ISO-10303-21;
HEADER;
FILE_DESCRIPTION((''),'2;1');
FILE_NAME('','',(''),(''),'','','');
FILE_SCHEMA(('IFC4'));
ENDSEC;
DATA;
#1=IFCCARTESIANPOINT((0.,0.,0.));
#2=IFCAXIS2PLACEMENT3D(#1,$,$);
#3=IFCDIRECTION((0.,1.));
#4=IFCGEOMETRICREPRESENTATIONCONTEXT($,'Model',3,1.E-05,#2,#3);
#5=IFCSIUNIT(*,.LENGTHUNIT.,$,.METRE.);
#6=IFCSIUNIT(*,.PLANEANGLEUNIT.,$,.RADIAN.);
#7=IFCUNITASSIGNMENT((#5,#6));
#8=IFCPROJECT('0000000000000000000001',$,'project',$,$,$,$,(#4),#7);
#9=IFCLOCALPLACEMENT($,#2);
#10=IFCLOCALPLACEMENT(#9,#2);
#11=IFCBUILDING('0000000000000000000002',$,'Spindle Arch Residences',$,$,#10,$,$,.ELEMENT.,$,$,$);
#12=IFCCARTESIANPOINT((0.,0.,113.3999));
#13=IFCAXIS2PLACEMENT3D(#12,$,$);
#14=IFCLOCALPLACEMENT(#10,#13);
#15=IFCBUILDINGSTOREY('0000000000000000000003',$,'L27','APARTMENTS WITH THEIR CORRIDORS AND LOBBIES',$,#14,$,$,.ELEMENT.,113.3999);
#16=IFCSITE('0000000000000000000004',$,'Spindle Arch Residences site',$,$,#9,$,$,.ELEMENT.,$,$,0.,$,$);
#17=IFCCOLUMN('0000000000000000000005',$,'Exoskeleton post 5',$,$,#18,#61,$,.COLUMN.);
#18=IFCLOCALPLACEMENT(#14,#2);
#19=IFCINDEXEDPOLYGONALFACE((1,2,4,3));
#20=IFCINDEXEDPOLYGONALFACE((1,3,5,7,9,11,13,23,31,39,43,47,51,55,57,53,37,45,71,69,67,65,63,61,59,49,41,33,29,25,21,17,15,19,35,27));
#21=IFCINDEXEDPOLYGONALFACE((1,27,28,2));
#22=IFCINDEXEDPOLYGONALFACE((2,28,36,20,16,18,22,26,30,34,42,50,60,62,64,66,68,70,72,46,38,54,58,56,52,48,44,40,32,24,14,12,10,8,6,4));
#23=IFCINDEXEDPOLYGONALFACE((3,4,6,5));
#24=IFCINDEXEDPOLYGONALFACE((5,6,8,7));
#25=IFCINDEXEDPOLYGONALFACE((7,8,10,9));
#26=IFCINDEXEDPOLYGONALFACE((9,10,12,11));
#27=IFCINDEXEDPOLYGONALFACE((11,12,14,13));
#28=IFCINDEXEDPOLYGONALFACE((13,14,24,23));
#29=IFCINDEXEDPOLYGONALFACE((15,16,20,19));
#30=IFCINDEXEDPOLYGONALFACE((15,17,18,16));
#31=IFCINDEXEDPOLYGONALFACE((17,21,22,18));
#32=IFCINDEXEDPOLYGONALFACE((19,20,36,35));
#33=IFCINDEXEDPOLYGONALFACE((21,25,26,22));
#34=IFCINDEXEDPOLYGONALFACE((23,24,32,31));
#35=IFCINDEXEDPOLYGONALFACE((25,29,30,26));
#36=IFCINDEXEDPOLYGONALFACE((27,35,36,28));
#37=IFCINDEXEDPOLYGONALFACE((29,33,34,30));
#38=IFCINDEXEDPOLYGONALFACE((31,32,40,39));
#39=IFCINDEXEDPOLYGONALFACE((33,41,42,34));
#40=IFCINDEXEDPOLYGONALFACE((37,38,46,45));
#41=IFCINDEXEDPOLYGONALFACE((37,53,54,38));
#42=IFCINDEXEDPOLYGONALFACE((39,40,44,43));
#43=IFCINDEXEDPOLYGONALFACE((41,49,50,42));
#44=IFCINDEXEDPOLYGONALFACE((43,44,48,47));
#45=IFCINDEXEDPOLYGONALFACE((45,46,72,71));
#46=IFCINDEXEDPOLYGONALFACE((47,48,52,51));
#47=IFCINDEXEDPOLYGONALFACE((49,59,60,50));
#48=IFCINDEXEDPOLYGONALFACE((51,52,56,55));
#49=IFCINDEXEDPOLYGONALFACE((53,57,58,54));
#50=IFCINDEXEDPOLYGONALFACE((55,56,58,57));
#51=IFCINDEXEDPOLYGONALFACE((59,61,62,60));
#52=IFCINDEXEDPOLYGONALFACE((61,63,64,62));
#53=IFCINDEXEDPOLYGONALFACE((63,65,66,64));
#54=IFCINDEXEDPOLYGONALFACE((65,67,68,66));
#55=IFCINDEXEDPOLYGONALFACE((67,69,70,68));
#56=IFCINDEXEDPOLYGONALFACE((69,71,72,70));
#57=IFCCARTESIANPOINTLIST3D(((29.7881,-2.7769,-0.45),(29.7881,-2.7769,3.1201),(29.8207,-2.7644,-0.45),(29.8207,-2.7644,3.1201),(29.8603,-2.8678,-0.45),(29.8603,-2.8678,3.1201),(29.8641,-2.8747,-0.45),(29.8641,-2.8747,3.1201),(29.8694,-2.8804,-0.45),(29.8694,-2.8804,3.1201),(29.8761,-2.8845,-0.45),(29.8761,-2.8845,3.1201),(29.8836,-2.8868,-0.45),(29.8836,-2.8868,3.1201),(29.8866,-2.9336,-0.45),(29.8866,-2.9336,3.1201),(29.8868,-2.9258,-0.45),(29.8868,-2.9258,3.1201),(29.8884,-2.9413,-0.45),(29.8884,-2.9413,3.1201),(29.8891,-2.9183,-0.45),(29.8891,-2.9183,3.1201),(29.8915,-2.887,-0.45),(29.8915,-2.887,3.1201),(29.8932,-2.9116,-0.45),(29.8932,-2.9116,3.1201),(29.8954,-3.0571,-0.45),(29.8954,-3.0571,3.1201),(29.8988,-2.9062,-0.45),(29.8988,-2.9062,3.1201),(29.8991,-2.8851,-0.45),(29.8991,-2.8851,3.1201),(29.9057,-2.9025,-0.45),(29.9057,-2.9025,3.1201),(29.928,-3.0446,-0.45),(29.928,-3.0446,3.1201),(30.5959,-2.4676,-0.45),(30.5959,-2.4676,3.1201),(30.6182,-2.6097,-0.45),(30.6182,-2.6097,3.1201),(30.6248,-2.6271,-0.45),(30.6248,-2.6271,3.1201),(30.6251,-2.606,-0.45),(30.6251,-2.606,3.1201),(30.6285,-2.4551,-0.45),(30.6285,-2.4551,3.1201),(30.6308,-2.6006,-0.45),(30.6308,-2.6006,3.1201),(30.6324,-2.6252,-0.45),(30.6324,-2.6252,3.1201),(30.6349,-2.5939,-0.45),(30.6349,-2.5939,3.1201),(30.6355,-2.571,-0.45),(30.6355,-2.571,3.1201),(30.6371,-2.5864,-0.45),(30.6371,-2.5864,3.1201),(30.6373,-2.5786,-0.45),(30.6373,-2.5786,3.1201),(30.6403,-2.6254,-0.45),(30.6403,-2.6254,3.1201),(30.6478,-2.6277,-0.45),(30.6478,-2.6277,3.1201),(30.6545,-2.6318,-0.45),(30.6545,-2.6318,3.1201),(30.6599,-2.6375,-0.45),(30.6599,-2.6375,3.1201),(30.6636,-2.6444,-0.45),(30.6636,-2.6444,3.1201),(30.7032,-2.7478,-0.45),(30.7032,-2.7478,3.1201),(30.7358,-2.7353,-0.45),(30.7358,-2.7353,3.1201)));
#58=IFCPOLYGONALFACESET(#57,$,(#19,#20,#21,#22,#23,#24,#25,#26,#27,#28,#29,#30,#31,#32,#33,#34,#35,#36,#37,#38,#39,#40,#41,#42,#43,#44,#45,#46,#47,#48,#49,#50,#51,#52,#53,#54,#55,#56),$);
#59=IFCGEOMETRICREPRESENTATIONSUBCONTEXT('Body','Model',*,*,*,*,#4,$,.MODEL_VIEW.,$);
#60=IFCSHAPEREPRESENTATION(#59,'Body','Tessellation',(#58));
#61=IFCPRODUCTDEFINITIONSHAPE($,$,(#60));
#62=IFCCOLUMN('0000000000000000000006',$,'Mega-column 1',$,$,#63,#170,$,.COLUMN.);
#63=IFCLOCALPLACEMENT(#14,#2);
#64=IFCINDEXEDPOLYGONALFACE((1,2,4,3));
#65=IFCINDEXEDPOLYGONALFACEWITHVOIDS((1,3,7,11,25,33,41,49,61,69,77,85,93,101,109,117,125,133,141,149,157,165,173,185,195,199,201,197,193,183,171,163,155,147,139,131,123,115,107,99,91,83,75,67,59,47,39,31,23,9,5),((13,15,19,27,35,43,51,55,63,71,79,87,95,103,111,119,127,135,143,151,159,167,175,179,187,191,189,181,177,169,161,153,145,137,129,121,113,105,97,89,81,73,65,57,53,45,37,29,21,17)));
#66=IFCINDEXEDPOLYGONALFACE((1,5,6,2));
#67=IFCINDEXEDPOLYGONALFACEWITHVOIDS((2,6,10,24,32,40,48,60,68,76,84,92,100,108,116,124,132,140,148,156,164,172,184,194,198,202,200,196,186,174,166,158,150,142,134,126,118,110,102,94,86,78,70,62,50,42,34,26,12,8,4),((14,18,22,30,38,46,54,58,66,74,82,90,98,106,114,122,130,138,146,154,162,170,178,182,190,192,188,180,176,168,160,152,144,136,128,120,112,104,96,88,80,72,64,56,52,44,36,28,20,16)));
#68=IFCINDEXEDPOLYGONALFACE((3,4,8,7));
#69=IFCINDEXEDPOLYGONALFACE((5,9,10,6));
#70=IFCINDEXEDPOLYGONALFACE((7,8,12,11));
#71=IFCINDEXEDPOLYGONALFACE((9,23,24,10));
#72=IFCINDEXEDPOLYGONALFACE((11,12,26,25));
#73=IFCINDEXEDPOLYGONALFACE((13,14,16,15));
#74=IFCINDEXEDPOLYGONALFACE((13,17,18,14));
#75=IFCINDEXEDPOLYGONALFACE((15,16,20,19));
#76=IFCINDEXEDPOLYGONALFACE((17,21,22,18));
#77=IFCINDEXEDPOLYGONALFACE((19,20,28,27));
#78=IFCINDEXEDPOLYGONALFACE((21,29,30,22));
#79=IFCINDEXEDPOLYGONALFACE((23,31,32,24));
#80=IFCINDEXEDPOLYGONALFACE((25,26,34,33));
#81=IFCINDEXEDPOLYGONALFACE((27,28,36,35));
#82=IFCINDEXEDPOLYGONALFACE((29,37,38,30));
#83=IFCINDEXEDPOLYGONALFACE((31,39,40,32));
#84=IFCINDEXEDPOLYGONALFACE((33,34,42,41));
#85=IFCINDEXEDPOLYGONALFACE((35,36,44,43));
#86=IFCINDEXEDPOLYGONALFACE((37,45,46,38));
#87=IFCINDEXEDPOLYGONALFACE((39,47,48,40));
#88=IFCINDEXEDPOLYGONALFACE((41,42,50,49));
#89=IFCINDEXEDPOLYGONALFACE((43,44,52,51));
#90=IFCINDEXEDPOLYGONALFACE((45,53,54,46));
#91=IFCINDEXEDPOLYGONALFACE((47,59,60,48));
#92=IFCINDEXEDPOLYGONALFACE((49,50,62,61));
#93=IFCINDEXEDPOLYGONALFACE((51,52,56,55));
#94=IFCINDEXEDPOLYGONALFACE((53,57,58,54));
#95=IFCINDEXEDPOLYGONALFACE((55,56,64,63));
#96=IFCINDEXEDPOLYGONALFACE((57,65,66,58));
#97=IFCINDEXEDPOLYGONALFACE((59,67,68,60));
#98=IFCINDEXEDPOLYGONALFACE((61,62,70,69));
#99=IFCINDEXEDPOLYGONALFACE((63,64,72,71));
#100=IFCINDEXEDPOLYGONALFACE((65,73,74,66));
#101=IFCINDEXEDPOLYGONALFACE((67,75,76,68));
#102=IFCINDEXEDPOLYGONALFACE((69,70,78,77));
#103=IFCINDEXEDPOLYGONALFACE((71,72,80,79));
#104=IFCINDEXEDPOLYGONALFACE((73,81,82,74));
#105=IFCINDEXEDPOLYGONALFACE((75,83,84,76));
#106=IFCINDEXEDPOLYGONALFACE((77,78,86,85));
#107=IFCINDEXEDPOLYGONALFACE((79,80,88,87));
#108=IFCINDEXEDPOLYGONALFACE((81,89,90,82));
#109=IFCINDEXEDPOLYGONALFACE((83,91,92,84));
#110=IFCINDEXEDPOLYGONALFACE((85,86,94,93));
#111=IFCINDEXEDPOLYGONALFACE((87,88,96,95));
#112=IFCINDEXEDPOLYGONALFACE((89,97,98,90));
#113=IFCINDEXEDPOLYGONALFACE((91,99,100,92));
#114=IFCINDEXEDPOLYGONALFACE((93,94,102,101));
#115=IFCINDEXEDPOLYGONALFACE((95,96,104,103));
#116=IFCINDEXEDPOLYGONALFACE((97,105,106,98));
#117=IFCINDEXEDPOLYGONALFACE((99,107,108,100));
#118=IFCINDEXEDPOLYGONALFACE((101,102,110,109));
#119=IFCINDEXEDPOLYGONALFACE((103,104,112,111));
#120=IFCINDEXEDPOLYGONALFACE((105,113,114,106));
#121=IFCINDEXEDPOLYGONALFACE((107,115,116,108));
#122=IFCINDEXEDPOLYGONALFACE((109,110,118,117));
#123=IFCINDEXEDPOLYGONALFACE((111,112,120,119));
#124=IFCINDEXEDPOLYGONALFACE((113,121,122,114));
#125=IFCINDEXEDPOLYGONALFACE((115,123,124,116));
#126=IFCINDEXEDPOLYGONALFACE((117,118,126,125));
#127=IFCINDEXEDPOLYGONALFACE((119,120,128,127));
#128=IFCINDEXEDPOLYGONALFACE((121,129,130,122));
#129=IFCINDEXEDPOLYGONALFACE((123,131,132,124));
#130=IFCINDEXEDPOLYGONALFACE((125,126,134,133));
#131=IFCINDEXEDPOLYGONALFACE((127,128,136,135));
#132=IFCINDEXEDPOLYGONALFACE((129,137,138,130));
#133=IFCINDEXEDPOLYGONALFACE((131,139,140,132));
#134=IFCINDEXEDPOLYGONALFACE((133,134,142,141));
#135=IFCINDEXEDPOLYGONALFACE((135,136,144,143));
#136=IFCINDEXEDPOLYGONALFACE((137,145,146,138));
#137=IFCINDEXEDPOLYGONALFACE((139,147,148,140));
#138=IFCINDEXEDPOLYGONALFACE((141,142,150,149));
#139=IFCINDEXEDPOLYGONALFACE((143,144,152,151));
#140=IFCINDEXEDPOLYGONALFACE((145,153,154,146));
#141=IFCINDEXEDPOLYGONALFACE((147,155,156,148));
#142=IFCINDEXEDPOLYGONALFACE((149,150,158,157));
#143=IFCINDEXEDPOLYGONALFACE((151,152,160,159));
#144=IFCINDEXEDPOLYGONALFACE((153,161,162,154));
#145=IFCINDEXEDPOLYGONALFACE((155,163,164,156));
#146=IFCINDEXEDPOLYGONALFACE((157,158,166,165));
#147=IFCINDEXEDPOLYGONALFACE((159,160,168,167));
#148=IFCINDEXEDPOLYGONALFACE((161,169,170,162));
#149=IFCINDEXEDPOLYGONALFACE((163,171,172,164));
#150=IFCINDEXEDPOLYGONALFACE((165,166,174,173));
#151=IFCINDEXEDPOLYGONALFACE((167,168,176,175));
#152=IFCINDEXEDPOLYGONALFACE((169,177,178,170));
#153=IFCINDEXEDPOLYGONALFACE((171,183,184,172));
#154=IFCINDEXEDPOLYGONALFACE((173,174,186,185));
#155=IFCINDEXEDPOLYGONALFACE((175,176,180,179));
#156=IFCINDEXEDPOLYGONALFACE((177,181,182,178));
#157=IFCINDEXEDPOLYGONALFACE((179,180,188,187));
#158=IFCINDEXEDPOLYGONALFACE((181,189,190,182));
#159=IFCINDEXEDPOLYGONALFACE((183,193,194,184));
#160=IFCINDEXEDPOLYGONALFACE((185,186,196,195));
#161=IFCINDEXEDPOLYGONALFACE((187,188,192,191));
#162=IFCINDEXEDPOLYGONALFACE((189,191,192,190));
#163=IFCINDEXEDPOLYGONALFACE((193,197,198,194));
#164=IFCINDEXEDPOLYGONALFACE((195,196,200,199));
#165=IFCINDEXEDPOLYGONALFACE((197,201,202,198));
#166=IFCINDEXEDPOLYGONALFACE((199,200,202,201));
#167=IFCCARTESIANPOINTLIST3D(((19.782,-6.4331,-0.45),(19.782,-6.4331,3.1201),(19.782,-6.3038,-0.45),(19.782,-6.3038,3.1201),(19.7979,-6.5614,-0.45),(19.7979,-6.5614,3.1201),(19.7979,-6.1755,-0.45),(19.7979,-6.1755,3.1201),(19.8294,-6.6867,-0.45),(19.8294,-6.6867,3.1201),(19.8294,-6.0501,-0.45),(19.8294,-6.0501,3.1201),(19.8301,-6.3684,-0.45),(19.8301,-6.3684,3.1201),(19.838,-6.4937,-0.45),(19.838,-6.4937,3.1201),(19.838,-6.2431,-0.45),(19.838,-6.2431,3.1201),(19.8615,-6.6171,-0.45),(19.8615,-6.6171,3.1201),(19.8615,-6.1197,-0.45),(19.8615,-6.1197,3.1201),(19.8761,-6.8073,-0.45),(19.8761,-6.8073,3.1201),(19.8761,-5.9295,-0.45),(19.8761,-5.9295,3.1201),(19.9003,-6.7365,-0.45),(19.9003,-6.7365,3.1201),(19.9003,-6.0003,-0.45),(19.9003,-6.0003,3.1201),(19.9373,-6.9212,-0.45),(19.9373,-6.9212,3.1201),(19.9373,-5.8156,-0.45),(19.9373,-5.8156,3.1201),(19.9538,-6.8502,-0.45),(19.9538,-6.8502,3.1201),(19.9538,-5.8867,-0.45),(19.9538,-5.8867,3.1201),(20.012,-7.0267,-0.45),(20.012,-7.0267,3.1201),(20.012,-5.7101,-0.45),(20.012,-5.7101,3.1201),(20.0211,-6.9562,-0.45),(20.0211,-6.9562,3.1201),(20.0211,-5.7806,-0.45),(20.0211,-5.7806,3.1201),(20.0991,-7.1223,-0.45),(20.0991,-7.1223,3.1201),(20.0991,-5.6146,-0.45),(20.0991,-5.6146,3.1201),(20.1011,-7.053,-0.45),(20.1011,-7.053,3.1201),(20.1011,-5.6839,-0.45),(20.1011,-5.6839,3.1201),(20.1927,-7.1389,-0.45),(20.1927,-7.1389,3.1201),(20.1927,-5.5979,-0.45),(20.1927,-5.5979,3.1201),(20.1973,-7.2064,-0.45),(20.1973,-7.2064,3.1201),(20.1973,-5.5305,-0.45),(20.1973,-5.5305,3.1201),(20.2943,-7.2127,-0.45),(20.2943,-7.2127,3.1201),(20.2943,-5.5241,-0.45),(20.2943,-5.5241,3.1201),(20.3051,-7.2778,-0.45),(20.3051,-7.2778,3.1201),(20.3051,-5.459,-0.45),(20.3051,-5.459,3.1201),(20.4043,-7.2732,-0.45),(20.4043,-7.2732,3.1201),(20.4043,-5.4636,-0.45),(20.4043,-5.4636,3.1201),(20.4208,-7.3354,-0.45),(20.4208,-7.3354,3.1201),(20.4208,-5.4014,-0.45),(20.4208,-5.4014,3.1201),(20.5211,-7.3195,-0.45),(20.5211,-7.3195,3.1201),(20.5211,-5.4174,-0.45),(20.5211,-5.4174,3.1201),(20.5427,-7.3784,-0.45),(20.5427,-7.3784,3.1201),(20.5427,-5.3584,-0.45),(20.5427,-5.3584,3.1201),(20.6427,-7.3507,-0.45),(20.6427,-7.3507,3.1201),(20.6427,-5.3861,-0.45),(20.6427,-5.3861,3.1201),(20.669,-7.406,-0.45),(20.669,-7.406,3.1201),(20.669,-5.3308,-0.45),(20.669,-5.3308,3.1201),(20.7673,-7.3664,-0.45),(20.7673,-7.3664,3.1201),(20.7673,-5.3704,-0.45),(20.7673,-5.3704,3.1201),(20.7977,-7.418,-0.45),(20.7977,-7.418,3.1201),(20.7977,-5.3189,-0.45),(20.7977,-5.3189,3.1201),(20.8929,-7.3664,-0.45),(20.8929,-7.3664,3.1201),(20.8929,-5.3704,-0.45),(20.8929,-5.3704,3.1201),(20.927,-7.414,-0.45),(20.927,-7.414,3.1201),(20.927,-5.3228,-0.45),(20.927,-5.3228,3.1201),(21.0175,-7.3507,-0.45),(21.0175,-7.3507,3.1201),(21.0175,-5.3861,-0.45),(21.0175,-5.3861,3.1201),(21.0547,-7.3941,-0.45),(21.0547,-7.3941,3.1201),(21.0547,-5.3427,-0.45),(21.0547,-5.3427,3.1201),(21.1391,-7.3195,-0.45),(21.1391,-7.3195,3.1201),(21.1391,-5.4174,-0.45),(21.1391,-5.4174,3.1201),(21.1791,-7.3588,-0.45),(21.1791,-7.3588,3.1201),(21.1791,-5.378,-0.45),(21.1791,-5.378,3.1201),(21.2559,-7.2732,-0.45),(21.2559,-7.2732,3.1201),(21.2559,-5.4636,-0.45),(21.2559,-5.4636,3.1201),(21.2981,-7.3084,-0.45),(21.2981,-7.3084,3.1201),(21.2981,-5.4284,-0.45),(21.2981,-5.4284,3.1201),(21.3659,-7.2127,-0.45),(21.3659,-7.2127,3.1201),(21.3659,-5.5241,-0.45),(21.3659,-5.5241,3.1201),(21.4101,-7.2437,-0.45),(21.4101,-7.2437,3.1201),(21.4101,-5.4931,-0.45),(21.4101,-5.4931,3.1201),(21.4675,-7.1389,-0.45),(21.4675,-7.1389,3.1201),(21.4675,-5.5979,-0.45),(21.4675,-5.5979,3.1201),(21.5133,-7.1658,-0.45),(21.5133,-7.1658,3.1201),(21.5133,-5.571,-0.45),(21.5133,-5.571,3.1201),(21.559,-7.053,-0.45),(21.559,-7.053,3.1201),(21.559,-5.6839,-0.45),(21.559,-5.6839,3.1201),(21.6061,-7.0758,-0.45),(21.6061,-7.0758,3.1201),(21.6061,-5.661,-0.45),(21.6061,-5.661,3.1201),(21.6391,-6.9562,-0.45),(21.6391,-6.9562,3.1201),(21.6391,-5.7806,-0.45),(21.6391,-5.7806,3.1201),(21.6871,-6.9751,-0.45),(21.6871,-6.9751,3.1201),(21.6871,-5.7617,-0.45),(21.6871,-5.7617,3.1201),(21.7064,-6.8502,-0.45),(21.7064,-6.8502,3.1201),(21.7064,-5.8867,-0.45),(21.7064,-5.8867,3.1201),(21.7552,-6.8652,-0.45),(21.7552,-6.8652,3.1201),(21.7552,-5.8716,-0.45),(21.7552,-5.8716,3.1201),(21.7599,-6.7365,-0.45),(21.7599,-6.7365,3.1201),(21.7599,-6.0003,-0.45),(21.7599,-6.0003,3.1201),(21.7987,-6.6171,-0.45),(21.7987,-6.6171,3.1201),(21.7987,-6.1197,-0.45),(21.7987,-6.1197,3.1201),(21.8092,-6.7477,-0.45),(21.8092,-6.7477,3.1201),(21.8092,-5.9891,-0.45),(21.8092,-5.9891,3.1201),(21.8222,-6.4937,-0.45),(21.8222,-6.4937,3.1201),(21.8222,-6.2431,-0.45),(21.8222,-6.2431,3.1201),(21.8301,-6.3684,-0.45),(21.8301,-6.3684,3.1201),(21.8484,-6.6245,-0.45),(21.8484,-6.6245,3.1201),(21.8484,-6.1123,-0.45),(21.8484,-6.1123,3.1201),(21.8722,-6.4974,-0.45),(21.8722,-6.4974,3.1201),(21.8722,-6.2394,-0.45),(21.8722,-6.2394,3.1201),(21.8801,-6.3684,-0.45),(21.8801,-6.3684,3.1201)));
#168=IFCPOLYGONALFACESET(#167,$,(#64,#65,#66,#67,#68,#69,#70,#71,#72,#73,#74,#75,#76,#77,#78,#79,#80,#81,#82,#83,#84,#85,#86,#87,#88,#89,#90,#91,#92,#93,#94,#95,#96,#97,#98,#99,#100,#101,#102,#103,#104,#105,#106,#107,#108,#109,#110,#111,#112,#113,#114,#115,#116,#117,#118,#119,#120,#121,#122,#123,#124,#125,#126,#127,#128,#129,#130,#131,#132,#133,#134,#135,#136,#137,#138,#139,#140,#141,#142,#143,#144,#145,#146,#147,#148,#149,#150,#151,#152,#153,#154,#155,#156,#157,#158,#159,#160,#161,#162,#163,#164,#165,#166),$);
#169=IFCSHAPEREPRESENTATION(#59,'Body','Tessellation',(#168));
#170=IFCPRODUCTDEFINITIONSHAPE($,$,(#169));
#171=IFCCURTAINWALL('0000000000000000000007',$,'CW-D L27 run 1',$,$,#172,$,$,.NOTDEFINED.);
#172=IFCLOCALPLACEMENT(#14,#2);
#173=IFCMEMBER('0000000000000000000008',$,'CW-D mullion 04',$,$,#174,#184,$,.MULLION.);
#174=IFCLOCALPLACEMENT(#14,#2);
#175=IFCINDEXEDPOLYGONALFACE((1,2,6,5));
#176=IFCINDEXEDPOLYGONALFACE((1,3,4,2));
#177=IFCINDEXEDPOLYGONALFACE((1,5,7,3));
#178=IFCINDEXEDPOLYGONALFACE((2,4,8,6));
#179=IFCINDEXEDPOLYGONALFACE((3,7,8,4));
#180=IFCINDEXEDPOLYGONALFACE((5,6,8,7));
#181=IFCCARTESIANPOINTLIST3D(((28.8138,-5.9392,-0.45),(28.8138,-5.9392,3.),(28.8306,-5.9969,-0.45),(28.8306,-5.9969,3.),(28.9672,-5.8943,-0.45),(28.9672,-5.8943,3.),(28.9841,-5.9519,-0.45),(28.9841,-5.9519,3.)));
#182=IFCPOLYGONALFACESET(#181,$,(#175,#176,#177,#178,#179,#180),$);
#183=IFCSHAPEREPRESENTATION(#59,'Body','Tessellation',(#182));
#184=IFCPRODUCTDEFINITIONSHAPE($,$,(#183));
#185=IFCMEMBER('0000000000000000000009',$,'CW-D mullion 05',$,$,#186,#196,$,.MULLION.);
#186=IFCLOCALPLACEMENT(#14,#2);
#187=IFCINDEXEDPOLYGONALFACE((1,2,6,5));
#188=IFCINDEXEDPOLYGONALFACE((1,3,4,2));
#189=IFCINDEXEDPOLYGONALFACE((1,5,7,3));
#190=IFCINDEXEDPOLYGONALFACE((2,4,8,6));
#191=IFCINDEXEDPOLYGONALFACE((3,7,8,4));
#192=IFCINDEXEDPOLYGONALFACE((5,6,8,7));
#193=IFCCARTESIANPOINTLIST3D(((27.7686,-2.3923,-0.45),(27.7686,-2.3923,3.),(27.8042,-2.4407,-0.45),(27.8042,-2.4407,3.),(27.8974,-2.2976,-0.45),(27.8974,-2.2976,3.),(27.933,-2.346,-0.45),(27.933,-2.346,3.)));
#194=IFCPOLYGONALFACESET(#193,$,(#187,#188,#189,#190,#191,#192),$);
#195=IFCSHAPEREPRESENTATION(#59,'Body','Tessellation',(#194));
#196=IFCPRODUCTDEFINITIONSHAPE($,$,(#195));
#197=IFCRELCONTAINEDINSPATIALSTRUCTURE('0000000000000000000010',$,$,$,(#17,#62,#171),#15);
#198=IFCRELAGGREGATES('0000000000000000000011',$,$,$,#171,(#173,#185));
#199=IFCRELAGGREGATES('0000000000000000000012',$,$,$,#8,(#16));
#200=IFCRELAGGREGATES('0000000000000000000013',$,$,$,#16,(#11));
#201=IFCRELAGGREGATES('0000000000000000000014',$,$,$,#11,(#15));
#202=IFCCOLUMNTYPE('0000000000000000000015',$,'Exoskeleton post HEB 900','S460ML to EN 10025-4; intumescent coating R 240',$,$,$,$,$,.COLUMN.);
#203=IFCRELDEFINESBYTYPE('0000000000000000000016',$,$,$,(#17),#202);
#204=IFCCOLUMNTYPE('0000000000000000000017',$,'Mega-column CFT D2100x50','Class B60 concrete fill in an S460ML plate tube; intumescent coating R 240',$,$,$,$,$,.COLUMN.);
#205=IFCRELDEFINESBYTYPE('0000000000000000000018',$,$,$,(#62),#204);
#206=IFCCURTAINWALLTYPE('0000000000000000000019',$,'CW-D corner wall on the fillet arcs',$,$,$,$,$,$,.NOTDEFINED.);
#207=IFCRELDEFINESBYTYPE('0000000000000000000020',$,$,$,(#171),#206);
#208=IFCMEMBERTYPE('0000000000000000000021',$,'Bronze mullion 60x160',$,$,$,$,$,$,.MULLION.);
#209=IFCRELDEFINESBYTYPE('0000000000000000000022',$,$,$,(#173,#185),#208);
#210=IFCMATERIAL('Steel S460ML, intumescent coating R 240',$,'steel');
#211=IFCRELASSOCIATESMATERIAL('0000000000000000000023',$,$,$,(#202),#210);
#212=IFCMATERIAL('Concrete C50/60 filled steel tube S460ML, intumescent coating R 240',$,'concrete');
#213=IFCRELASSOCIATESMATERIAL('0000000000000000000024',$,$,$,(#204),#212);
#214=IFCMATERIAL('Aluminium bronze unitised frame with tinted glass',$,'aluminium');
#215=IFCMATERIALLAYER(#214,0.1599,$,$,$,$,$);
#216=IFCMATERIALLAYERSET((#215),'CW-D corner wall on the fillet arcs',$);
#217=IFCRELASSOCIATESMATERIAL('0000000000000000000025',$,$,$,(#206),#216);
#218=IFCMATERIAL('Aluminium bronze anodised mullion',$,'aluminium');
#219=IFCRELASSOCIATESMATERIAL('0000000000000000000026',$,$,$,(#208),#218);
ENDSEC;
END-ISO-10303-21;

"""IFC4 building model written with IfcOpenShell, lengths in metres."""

from ifc_helpers import new_model, si_unit, direction, frame, origin, origin_2d, place, context, subcontext, project, spatial, rectangle, hollow_circle, i_section, extrude, material, layer, layer_set, material_profile, profile_set, type_object, element, aggregate, save


model = new_model("IFC4")

# Units and contexts
model_context = context("Model", 3, precision=1e-05, world=origin(), true_north=direction((0.0, 1.0)))
body_context = subcontext(model_context, "Body", "Model", "MODEL_VIEW")
ifc_project = project(units=[si_unit("LENGTHUNIT", "METRE"), si_unit("PLANEANGLEUNIT", "RADIAN")], contexts=[model_context])

# Site, building, storey
site_placement = place(None, origin())
site = spatial("IfcSite", under=ifc_project, at=site_placement, Name="Spindle Arch Residences site", CompositionType="ELEMENT", RefElevation=0.0)
building_placement = place(site_placement, origin())
building = spatial("IfcBuilding", under=site, at=building_placement, Name="Spindle Arch Residences", CompositionType="ELEMENT")
storey_placement = place(building_placement, frame((0.0, 0.0, 113.3999)))
storey = spatial("IfcBuildingStorey", under=building, at=storey_placement, Name="L27", Description="APARTMENTS WITH THEIR CORRIDORS AND LOBBIES", CompositionType="ELEMENT", Elevation=113.3999)

# Columns
ifc_material_1 = material(Name="Steel S460ML, intumescent coating R 240", Category="steel")
ifc_material_profile_1 = material_profile(ifc_material_1, i_section(OverallWidth=0.3, OverallDepth=0.8999, WebThickness=0.0186, FlangeThickness=0.0349, FilletRadius=0.03, at=origin_2d()), Name="HEB 900")
ifc_profile_set_1 = profile_set([ifc_material_profile_1], Name="Steel S460ML, intumescent coating R 240")
column_type_1 = type_object("IfcColumnType", Name="Exoskeleton post HEB 900", Description="S460ML to EN 10025-4; intumescent coating R 240", PredefinedType="COLUMN", material=ifc_profile_set_1)
column_1_placement = place(storey_placement, frame((30.262, -2.7561, -0.45), z_axis=(0.0, 0.0, 1.0), x_axis=(0.357665, -0.93385, 0.0)))
element("IfcColumn", 1, at=column_1_placement, inside=storey, type_object=column_type_1, Name="Exoskeleton post 5", PredefinedType="COLUMN", context=body_context, shape_type="SweptSolid", body=[
    extrude(i_section(OverallWidth=0.3, OverallDepth=0.8999, WebThickness=0.0186, FlangeThickness=0.0349, FilletRadius=0.03, at=origin_2d()), origin(), (0.0, 0.0, 1.0), 3.5701),
])
ifc_material_2 = material(Name="Concrete C50/60 filled steel tube S460ML, intumescent coating R 240", Category="concrete")
ifc_material_profile_2 = material_profile(ifc_material_2, hollow_circle(Radius=1.05, WallThickness=0.05, at=origin_2d()), Name="CFT D2100x50")
ifc_profile_set_2 = profile_set([ifc_material_profile_2], Name="Concrete C50/60 filled steel tube S460ML, intumescent coating R 240")
column_type_2 = type_object("IfcColumnType", Name="Mega-column CFT D2100x50", Description="Class B60 concrete fill in an S460ML plate tube; intumescent coating R 240", PredefinedType="COLUMN", material=ifc_profile_set_2)
column_2_placement = place(storey_placement, frame((20.8301, -6.3684, -0.45), z_axis=(0.0, 0.0, 1.0), x_axis=(1.0, 0.0, 0.0)))
element("IfcColumn", 2, at=column_2_placement, inside=storey, type_object=column_type_2, Name="Mega-column 1", PredefinedType="COLUMN", context=body_context, shape_type="SweptSolid", body=[
    extrude(hollow_circle(Radius=1.05, WallThickness=0.05, at=origin_2d()), origin(), (0.0, 0.0, 1.0), 3.5701),
])

# Curtain wall, members
ifc_material_3 = material(Name="Aluminium bronze unitised frame with tinted glass", Category="aluminium")
ifc_layer_1 = layer(ifc_material_3, 0.1599)
ifc_layer_set_1 = layer_set([ifc_layer_1], Name="CW-D corner wall on the fillet arcs")
curtain_wall_type = type_object("IfcCurtainWallType", Name="CW-D corner wall on the fillet arcs", PredefinedType="NOTDEFINED", material=ifc_layer_set_1)
curtain_wall_placement = place(storey_placement, origin())
curtain_wall = element("IfcCurtainWall", 3, at=curtain_wall_placement, inside=storey, type_object=curtain_wall_type, Name="CW-D L27 run 1", PredefinedType="NOTDEFINED")
ifc_material_4 = material(Name="Aluminium bronze anodised mullion", Category="aluminium")
ifc_material_profile_3 = material_profile(ifc_material_4, rectangle(XDim=0.1599, YDim=0.0601, at=origin_2d()), Name="MU 60x160")
ifc_profile_set_3 = profile_set([ifc_material_profile_3], Name="Aluminium bronze anodised mullion")
member_type_1 = type_object("IfcMemberType", Name="Bronze mullion 60x160", PredefinedType="MULLION", material=ifc_profile_set_3)
member_1_placement = place(storey_placement, frame((28.8989, -5.9456, -0.45), z_axis=(0.0, 0.0, 1.0), x_axis=(-0.959642, -0.281225, 0.0)))
member_1 = element("IfcMember", 4, at=member_1_placement, type_object=member_type_1, Name="CW-D mullion 04", PredefinedType="MULLION", context=body_context, shape_type="SweptSolid", body=[
    extrude(rectangle(XDim=0.1599, YDim=0.0601, at=origin_2d()), origin(), (0.0, 0.0, 1.0), 3.45),
])
member_2_placement = place(storey_placement, frame((27.8508, -2.3691, -0.45), z_axis=(0.0, 0.0, 1.0), x_axis=(-0.805584, -0.592482, 0.0)))
member_2 = element("IfcMember", 5, at=member_2_placement, type_object=member_type_1, Name="CW-D mullion 05", PredefinedType="MULLION", context=body_context, shape_type="SweptSolid", body=[
    extrude(rectangle(XDim=0.1599, YDim=0.0601, at=origin_2d()), origin(), (0.0, 0.0, 1.0), 3.45),
])

aggregate(curtain_wall, [member_1, member_2])

save(model, "model.ifc")
